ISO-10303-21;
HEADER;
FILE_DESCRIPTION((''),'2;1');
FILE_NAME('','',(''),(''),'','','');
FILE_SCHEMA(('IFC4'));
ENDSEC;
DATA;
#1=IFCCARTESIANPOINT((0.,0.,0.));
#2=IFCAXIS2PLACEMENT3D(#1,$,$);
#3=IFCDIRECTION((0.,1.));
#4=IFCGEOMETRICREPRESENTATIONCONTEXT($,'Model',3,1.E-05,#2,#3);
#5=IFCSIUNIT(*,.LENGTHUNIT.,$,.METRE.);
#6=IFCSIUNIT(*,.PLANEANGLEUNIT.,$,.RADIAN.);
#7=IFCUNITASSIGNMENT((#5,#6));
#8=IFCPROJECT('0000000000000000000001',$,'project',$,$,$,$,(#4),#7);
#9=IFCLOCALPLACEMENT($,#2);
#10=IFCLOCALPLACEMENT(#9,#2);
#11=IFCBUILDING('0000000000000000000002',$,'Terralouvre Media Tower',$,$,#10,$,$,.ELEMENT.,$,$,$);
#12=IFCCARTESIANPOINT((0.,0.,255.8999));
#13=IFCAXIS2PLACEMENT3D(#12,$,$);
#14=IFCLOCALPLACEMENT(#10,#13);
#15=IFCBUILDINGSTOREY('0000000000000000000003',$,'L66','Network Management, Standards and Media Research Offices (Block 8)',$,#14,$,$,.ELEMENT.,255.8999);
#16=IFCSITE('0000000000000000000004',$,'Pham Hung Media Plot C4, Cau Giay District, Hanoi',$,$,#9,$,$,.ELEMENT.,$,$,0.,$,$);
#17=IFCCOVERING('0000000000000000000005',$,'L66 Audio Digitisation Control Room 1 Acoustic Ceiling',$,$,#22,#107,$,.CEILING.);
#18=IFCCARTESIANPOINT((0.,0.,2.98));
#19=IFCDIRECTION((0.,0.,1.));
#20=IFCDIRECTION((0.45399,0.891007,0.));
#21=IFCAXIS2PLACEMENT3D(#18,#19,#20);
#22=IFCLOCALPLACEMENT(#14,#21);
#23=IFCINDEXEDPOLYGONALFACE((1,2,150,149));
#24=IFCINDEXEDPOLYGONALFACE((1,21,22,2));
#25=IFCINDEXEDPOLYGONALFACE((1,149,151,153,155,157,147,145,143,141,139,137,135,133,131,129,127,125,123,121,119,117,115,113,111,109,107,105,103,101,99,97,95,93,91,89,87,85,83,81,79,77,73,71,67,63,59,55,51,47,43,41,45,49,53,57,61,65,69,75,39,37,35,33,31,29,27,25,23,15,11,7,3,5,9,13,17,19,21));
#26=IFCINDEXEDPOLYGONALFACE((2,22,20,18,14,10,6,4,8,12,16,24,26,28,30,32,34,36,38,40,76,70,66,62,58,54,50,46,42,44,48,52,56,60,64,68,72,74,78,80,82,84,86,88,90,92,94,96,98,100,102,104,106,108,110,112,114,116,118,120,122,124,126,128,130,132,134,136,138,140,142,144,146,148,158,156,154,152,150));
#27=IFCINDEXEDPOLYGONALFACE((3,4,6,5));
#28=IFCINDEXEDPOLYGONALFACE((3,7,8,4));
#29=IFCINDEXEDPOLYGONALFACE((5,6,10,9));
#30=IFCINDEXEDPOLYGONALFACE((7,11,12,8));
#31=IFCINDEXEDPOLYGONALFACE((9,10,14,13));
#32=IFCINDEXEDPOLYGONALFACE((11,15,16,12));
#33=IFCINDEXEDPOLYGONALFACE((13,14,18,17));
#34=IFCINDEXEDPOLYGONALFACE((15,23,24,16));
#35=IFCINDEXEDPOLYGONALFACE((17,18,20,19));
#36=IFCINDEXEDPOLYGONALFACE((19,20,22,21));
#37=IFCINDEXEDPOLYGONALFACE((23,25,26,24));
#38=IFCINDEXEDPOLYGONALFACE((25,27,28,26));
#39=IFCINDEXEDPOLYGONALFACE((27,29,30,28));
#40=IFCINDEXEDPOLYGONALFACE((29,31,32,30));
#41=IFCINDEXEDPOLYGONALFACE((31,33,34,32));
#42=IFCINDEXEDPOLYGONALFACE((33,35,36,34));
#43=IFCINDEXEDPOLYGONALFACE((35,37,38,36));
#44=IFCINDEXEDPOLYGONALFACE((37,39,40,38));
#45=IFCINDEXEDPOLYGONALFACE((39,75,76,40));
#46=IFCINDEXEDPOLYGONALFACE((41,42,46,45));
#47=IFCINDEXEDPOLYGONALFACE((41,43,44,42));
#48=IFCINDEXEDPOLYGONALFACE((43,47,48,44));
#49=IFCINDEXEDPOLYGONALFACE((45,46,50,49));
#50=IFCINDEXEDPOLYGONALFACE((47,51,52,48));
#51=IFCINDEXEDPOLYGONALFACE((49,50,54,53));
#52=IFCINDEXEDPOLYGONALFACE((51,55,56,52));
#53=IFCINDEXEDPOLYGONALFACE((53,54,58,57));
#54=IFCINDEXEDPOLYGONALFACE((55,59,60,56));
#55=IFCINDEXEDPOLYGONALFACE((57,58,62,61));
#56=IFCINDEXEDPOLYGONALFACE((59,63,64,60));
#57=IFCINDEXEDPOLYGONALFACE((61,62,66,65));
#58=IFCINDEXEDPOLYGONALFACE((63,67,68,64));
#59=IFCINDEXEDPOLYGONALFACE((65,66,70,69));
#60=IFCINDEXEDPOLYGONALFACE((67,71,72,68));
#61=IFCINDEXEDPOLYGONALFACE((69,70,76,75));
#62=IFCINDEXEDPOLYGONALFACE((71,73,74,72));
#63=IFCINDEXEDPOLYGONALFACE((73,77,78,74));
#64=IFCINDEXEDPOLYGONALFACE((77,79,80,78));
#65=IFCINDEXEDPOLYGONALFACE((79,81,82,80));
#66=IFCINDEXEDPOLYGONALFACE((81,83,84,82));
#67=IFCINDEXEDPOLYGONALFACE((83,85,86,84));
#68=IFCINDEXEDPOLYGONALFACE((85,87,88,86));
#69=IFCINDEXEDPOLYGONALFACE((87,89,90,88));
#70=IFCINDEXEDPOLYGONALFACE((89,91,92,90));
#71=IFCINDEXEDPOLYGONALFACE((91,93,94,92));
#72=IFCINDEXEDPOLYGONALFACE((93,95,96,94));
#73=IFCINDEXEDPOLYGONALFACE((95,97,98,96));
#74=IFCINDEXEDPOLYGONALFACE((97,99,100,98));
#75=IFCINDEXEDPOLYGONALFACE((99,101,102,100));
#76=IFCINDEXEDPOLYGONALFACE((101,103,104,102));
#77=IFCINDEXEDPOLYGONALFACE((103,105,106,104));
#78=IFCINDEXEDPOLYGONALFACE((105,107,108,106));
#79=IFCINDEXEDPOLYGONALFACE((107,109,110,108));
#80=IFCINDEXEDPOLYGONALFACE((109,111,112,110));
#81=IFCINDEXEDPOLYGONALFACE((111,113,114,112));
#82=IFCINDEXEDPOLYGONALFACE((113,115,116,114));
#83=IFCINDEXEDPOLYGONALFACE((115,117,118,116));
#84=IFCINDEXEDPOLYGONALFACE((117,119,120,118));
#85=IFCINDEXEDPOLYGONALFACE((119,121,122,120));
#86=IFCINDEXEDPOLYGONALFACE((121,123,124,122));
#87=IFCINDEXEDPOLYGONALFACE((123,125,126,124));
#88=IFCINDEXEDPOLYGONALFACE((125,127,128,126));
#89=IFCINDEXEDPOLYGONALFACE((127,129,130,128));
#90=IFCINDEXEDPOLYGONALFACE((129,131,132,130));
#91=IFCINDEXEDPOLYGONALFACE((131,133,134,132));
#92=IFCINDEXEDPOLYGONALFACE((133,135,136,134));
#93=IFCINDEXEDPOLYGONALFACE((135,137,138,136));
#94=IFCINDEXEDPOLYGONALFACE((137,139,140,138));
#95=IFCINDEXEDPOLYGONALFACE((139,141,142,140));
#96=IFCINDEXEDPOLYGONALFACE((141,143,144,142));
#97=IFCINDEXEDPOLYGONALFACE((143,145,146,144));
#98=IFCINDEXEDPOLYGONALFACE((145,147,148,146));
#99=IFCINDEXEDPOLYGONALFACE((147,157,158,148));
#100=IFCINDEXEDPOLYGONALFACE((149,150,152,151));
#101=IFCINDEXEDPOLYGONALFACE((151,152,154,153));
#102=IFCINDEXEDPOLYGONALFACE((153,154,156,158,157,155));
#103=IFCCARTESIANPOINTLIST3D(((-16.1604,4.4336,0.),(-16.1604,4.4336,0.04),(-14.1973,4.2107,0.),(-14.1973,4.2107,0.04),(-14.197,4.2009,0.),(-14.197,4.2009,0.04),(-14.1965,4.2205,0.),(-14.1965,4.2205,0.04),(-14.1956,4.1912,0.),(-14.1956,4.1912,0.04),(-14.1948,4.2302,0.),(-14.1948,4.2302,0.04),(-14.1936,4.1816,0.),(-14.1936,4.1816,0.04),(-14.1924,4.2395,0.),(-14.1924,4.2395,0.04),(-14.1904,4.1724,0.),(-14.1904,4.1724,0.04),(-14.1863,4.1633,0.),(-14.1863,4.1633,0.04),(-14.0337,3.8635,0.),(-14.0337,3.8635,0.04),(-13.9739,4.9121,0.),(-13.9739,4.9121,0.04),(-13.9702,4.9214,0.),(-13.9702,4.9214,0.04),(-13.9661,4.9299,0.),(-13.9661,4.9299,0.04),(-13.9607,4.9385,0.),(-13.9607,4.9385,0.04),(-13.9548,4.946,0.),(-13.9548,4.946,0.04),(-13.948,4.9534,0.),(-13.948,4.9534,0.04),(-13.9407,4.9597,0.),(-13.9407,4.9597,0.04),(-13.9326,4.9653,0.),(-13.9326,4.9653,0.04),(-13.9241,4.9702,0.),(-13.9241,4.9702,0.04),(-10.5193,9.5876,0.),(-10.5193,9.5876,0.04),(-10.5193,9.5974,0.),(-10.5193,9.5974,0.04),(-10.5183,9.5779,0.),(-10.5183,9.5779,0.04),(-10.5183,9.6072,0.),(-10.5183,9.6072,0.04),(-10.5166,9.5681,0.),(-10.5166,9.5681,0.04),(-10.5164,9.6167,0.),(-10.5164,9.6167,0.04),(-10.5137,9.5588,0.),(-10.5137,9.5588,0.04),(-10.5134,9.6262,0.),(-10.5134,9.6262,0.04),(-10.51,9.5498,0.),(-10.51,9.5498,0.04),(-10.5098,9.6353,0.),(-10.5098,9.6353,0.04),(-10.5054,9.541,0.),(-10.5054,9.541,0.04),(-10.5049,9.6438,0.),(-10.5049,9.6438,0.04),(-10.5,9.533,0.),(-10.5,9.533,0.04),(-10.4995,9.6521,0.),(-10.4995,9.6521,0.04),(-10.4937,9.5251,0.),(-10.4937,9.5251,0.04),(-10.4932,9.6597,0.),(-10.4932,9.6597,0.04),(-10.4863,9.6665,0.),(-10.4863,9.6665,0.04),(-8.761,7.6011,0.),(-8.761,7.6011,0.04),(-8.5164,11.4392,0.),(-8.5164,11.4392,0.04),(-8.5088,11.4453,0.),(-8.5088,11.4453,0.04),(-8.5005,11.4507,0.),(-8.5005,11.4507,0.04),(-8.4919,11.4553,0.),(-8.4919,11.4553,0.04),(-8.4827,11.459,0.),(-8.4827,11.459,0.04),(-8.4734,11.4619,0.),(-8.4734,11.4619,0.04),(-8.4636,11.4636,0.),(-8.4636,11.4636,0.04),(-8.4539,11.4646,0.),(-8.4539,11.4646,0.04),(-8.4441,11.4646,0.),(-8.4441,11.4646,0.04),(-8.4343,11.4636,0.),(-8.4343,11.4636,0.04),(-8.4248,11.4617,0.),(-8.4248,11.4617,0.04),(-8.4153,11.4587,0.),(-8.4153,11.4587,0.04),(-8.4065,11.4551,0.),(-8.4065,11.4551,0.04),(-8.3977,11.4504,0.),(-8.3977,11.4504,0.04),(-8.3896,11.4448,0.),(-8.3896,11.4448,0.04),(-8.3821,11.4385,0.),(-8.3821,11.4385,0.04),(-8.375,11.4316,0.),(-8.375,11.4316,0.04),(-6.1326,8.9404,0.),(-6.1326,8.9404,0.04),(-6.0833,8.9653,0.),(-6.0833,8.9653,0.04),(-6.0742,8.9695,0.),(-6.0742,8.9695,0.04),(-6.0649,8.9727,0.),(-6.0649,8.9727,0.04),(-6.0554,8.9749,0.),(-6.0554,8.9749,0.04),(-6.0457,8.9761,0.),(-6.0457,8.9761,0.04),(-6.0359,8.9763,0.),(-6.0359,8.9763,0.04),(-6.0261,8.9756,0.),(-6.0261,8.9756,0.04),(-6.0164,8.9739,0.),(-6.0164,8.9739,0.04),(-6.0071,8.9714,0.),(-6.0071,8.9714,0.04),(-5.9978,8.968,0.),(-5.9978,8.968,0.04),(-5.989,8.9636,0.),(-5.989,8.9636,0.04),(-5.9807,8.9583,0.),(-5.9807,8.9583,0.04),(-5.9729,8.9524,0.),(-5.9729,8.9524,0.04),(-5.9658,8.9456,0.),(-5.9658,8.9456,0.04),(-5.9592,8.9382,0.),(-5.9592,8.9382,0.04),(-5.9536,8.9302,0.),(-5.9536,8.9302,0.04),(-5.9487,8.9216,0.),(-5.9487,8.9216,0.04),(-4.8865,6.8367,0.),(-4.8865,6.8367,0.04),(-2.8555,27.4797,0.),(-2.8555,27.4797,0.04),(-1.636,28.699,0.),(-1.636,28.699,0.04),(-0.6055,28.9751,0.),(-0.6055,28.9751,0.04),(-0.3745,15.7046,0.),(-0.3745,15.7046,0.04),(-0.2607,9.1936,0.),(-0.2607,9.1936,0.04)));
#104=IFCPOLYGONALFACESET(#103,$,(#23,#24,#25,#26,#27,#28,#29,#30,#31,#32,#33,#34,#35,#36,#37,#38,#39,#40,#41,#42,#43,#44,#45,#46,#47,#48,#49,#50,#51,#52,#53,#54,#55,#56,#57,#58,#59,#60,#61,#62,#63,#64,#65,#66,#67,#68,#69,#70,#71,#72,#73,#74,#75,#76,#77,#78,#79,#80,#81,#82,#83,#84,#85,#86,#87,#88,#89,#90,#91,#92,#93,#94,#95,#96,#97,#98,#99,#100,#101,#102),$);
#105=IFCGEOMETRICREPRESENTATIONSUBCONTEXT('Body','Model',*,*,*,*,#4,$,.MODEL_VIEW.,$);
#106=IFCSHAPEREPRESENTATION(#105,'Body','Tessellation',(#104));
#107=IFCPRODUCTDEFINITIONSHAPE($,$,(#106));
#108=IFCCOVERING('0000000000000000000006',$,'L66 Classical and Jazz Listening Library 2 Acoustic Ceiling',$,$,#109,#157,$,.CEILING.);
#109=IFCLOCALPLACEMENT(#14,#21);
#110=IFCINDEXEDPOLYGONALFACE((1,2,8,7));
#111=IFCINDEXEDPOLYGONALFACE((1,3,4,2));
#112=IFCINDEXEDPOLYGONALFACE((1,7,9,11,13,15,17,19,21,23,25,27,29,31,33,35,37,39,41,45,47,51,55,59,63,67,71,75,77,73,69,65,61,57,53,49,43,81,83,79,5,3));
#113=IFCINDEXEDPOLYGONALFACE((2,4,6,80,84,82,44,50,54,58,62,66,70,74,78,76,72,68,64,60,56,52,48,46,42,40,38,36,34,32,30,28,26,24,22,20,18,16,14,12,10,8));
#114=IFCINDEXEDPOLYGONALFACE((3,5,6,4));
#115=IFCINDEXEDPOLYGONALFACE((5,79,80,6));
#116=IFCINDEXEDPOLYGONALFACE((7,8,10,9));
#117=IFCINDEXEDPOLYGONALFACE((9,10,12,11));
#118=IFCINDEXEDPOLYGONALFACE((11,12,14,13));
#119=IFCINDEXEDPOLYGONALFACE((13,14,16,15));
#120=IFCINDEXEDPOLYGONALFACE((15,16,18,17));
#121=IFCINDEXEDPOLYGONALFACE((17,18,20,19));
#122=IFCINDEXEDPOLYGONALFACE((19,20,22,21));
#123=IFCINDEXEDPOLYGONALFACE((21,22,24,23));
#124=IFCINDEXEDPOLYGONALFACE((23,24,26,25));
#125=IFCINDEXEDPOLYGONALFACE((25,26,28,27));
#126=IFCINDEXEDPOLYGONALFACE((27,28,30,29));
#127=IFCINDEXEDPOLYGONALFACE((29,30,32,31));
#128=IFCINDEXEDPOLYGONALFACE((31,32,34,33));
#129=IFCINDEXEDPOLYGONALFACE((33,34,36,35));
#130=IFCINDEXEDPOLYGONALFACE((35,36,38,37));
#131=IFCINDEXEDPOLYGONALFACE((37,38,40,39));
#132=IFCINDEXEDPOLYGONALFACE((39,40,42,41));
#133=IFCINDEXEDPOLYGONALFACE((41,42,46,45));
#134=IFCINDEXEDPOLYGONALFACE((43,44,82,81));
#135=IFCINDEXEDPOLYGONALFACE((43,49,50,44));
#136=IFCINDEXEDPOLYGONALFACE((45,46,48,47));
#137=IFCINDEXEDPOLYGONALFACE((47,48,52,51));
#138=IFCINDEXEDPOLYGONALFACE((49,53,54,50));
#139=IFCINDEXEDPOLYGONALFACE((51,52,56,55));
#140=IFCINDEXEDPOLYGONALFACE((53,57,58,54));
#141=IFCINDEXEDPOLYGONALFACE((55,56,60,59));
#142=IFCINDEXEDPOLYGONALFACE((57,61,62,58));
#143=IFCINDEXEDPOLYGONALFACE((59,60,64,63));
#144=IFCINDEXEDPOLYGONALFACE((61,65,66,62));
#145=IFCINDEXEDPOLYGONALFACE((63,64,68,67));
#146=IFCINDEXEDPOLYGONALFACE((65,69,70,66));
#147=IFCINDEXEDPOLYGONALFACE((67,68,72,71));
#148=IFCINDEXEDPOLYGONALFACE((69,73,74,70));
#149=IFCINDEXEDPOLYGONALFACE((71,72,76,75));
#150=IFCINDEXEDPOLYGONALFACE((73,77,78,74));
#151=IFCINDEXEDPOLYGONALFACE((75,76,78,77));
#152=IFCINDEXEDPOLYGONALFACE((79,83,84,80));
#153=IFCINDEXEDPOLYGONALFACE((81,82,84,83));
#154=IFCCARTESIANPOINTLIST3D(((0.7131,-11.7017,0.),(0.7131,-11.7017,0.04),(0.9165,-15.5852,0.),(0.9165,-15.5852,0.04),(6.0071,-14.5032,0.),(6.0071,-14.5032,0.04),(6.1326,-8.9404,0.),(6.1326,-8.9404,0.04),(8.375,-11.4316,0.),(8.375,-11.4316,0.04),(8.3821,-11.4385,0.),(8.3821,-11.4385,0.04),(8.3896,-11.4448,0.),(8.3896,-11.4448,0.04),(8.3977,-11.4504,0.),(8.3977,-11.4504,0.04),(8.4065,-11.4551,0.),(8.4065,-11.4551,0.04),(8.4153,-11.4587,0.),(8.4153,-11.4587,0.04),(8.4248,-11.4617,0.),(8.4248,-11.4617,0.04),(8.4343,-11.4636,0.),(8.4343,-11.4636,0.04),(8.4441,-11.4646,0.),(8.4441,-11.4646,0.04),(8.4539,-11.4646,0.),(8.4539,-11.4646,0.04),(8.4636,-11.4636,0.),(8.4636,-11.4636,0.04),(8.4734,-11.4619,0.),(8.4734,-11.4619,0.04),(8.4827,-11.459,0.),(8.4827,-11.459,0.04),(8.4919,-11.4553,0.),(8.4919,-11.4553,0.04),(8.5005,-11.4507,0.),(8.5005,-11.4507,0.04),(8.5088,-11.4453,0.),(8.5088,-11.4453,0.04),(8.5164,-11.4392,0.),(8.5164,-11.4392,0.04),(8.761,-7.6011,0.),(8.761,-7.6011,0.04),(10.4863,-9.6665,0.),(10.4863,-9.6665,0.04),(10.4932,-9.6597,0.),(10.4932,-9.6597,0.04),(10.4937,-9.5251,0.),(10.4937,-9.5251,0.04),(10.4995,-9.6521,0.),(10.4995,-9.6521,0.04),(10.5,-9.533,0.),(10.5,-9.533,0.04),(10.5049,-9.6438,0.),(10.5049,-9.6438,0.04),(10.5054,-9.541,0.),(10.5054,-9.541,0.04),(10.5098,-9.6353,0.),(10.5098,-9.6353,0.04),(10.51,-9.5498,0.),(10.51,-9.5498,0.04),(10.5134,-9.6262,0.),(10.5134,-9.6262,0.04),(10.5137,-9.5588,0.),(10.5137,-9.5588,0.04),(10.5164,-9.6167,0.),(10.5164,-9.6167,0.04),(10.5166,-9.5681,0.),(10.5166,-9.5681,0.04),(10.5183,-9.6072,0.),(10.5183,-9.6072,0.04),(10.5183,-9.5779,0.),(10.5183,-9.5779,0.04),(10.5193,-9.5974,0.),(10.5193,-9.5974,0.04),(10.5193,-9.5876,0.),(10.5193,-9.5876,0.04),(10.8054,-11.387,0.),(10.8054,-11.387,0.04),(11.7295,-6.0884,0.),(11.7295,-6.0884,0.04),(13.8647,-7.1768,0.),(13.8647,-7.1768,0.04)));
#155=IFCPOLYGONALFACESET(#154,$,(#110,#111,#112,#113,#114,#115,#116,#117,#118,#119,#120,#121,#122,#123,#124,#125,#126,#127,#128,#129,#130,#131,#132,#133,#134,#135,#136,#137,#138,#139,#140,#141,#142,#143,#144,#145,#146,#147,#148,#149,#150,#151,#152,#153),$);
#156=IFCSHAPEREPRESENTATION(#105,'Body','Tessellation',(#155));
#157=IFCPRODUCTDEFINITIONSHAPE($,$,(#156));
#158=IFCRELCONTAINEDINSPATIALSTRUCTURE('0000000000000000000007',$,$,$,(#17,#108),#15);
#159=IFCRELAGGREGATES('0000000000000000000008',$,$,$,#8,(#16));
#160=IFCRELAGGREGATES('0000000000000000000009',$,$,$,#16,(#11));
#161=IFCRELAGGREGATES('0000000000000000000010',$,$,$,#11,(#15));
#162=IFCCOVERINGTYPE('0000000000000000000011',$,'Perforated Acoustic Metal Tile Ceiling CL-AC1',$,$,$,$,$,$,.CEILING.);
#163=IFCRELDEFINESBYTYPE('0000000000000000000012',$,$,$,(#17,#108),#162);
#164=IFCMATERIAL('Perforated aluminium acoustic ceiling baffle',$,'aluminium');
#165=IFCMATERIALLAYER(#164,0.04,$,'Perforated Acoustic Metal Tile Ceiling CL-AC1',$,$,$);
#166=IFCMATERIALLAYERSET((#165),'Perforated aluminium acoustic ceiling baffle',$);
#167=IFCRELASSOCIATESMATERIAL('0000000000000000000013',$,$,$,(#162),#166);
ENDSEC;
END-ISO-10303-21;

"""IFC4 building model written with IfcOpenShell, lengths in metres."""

from ifc_helpers import new_model, si_unit, direction, frame, origin, place, context, subcontext, project, spatial, polyline, outline, extrude, material, layer, layer_set, type_object, element, save


model = new_model("IFC4")

# Units and contexts
model_context = context("Model", 3, precision=1e-05, world=origin(), true_north=direction((0.0, 1.0)))
body_context = subcontext(model_context, "Body", "Model", "MODEL_VIEW")
ifc_project = project(units=[si_unit("LENGTHUNIT", "METRE"), si_unit("PLANEANGLEUNIT", "RADIAN")], contexts=[model_context])

# Site, building, storey
site_placement = place(None, origin())
site = spatial("IfcSite", under=ifc_project, at=site_placement, Name="Pham Hung Media Plot C4, Cau Giay District, Hanoi", CompositionType="ELEMENT", RefElevation=0.0)
building_placement = place(site_placement, origin())
building = spatial("IfcBuilding", under=site, at=building_placement, Name="Terralouvre Media Tower", CompositionType="ELEMENT")
storey_placement = place(building_placement, frame((0.0, 0.0, 255.8999)))
storey = spatial("IfcBuildingStorey", under=building, at=storey_placement, Name="L66", Description="Network Management, Standards and Media Research Offices (Block 8)", CompositionType="ELEMENT", Elevation=255.8999)

# Coverings
ifc_material_1 = material(Name="Perforated aluminium acoustic ceiling baffle", Category="aluminium")
ifc_layer_1 = layer(ifc_material_1, 0.04, Name="Perforated Acoustic Metal Tile Ceiling CL-AC1")
ifc_layer_set_1 = layer_set([ifc_layer_1], Name="Perforated aluminium acoustic ceiling baffle")
covering_type_1 = type_object("IfcCoveringType", Name="Perforated Acoustic Metal Tile Ceiling CL-AC1", PredefinedType="CEILING", material=ifc_layer_set_1)
covering_1_placement = place(storey_placement, frame((0.0, 0.0, 2.98), z_axis=(0.0, 0.0, 1.0), x_axis=(0.45399, 0.891007, 0.0)))
element("IfcCovering", 1, at=covering_1_placement, inside=storey, type_object=covering_type_1, Name="L66 Audio Digitisation Control Room 1 Acoustic Ceiling", PredefinedType="CEILING", context=body_context, shape_type="SweptSolid", body=[
    extrude(outline(polyline([(-14.0337, 3.8635), (-14.1863, 4.1633), (-14.1904, 4.1724), (-14.1936, 4.1816), (-14.1956, 4.1912), (-14.197, 4.2009), (-14.1973, 4.2107), (-14.1965, 4.2205), (-14.1948, 4.2302), (-14.1924, 4.2395), (-13.9739, 4.9121), (-13.9702, 4.9214), (-13.9661, 4.9299), (-13.9607, 4.9385), (-13.9548, 4.946), (-13.948, 4.9534), (-13.9407, 4.9597), (-13.9326, 4.9653), (-13.9241, 4.9702), (-8.761, 7.6011), (-10.4937, 9.5251), (-10.5, 9.533), (-10.5054, 9.541), (-10.51, 9.5498), (-10.5137, 9.5588), (-10.5166, 9.5681), (-10.5183, 9.5779), (-10.5193, 9.5876), (-10.5193, 9.5974), (-10.5183, 9.6072), (-10.5164, 9.6167), (-10.5134, 9.6262), (-10.5098, 9.6353), (-10.5049, 9.6438), (-10.4995, 9.6521), (-10.4932, 9.6597), (-10.4863, 9.6665), (-8.5164, 11.4392), (-8.5088, 11.4453), (-8.5005, 11.4507), (-8.4919, 11.4553), (-8.4827, 11.459), (-8.4734, 11.4619), (-8.4636, 11.4636), (-8.4539, 11.4646), (-8.4441, 11.4646), (-8.4343, 11.4636), (-8.4248, 11.4617), (-8.4153, 11.4587), (-8.4065, 11.4551), (-8.3977, 11.4504), (-8.3896, 11.4448), (-8.3821, 11.4385), (-8.375, 11.4316), (-6.1326, 8.9404), (-6.0833, 8.9653), (-6.0742, 8.9695), (-6.0649, 8.9727), (-6.0554, 8.9749), (-6.0457, 8.9761), (-6.0359, 8.9763), (-6.0261, 8.9756), (-6.0164, 8.9739), (-6.0071, 8.9714), (-5.9978, 8.968), (-5.989, 8.9636), (-5.9807, 8.9583), (-5.9729, 8.9524), (-5.9658, 8.9456), (-5.9592, 8.9382), (-5.9536, 8.9302), (-5.9487, 8.9216), (-4.8865, 6.8367), (-0.2607, 9.1936), (-0.3745, 15.7046), (-0.6055, 28.9751), (-1.636, 28.699), (-2.8555, 27.4797), (-16.1604, 4.4336), (-14.0337, 3.8635)])), origin(), (0.0, 0.0, 1.0), 0.04),
])
covering_2_placement = place(storey_placement, frame((0.0, 0.0, 2.98), z_axis=(0.0, 0.0, 1.0), x_axis=(0.45399, 0.891007, 0.0)))
element("IfcCovering", 2, at=covering_2_placement, inside=storey, type_object=covering_type_1, Name="L66 Classical and Jazz Listening Library 2 Acoustic Ceiling", PredefinedType="CEILING", context=body_context, shape_type="SweptSolid", body=[
    extrude(outline(polyline([(6.0071, -14.5032), (10.8054, -11.387), (13.8647, -7.1768), (11.7295, -6.0884), (8.761, -7.6011), (10.4937, -9.5251), (10.5, -9.533), (10.5054, -9.541), (10.51, -9.5498), (10.5137, -9.5588), (10.5166, -9.5681), (10.5183, -9.5779), (10.5193, -9.5876), (10.5193, -9.5974), (10.5183, -9.6072), (10.5164, -9.6167), (10.5134, -9.6262), (10.5098, -9.6353), (10.5049, -9.6438), (10.4995, -9.6521), (10.4932, -9.6597), (10.4863, -9.6665), (8.5164, -11.4392), (8.5088, -11.4453), (8.5005, -11.4507), (8.4919, -11.4553), (8.4827, -11.459), (8.4734, -11.4619), (8.4636, -11.4636), (8.4539, -11.4646), (8.4441, -11.4646), (8.4343, -11.4636), (8.4248, -11.4617), (8.4153, -11.4587), (8.4065, -11.4551), (8.3977, -11.4504), (8.3896, -11.4448), (8.3821, -11.4385), (8.375, -11.4316), (6.1326, -8.9404), (0.7131, -11.7017), (0.9165, -15.5852), (6.0071, -14.5032)])), origin(), (0.0, 0.0, 1.0), 0.04),
])

save(model, "model.ifc")
